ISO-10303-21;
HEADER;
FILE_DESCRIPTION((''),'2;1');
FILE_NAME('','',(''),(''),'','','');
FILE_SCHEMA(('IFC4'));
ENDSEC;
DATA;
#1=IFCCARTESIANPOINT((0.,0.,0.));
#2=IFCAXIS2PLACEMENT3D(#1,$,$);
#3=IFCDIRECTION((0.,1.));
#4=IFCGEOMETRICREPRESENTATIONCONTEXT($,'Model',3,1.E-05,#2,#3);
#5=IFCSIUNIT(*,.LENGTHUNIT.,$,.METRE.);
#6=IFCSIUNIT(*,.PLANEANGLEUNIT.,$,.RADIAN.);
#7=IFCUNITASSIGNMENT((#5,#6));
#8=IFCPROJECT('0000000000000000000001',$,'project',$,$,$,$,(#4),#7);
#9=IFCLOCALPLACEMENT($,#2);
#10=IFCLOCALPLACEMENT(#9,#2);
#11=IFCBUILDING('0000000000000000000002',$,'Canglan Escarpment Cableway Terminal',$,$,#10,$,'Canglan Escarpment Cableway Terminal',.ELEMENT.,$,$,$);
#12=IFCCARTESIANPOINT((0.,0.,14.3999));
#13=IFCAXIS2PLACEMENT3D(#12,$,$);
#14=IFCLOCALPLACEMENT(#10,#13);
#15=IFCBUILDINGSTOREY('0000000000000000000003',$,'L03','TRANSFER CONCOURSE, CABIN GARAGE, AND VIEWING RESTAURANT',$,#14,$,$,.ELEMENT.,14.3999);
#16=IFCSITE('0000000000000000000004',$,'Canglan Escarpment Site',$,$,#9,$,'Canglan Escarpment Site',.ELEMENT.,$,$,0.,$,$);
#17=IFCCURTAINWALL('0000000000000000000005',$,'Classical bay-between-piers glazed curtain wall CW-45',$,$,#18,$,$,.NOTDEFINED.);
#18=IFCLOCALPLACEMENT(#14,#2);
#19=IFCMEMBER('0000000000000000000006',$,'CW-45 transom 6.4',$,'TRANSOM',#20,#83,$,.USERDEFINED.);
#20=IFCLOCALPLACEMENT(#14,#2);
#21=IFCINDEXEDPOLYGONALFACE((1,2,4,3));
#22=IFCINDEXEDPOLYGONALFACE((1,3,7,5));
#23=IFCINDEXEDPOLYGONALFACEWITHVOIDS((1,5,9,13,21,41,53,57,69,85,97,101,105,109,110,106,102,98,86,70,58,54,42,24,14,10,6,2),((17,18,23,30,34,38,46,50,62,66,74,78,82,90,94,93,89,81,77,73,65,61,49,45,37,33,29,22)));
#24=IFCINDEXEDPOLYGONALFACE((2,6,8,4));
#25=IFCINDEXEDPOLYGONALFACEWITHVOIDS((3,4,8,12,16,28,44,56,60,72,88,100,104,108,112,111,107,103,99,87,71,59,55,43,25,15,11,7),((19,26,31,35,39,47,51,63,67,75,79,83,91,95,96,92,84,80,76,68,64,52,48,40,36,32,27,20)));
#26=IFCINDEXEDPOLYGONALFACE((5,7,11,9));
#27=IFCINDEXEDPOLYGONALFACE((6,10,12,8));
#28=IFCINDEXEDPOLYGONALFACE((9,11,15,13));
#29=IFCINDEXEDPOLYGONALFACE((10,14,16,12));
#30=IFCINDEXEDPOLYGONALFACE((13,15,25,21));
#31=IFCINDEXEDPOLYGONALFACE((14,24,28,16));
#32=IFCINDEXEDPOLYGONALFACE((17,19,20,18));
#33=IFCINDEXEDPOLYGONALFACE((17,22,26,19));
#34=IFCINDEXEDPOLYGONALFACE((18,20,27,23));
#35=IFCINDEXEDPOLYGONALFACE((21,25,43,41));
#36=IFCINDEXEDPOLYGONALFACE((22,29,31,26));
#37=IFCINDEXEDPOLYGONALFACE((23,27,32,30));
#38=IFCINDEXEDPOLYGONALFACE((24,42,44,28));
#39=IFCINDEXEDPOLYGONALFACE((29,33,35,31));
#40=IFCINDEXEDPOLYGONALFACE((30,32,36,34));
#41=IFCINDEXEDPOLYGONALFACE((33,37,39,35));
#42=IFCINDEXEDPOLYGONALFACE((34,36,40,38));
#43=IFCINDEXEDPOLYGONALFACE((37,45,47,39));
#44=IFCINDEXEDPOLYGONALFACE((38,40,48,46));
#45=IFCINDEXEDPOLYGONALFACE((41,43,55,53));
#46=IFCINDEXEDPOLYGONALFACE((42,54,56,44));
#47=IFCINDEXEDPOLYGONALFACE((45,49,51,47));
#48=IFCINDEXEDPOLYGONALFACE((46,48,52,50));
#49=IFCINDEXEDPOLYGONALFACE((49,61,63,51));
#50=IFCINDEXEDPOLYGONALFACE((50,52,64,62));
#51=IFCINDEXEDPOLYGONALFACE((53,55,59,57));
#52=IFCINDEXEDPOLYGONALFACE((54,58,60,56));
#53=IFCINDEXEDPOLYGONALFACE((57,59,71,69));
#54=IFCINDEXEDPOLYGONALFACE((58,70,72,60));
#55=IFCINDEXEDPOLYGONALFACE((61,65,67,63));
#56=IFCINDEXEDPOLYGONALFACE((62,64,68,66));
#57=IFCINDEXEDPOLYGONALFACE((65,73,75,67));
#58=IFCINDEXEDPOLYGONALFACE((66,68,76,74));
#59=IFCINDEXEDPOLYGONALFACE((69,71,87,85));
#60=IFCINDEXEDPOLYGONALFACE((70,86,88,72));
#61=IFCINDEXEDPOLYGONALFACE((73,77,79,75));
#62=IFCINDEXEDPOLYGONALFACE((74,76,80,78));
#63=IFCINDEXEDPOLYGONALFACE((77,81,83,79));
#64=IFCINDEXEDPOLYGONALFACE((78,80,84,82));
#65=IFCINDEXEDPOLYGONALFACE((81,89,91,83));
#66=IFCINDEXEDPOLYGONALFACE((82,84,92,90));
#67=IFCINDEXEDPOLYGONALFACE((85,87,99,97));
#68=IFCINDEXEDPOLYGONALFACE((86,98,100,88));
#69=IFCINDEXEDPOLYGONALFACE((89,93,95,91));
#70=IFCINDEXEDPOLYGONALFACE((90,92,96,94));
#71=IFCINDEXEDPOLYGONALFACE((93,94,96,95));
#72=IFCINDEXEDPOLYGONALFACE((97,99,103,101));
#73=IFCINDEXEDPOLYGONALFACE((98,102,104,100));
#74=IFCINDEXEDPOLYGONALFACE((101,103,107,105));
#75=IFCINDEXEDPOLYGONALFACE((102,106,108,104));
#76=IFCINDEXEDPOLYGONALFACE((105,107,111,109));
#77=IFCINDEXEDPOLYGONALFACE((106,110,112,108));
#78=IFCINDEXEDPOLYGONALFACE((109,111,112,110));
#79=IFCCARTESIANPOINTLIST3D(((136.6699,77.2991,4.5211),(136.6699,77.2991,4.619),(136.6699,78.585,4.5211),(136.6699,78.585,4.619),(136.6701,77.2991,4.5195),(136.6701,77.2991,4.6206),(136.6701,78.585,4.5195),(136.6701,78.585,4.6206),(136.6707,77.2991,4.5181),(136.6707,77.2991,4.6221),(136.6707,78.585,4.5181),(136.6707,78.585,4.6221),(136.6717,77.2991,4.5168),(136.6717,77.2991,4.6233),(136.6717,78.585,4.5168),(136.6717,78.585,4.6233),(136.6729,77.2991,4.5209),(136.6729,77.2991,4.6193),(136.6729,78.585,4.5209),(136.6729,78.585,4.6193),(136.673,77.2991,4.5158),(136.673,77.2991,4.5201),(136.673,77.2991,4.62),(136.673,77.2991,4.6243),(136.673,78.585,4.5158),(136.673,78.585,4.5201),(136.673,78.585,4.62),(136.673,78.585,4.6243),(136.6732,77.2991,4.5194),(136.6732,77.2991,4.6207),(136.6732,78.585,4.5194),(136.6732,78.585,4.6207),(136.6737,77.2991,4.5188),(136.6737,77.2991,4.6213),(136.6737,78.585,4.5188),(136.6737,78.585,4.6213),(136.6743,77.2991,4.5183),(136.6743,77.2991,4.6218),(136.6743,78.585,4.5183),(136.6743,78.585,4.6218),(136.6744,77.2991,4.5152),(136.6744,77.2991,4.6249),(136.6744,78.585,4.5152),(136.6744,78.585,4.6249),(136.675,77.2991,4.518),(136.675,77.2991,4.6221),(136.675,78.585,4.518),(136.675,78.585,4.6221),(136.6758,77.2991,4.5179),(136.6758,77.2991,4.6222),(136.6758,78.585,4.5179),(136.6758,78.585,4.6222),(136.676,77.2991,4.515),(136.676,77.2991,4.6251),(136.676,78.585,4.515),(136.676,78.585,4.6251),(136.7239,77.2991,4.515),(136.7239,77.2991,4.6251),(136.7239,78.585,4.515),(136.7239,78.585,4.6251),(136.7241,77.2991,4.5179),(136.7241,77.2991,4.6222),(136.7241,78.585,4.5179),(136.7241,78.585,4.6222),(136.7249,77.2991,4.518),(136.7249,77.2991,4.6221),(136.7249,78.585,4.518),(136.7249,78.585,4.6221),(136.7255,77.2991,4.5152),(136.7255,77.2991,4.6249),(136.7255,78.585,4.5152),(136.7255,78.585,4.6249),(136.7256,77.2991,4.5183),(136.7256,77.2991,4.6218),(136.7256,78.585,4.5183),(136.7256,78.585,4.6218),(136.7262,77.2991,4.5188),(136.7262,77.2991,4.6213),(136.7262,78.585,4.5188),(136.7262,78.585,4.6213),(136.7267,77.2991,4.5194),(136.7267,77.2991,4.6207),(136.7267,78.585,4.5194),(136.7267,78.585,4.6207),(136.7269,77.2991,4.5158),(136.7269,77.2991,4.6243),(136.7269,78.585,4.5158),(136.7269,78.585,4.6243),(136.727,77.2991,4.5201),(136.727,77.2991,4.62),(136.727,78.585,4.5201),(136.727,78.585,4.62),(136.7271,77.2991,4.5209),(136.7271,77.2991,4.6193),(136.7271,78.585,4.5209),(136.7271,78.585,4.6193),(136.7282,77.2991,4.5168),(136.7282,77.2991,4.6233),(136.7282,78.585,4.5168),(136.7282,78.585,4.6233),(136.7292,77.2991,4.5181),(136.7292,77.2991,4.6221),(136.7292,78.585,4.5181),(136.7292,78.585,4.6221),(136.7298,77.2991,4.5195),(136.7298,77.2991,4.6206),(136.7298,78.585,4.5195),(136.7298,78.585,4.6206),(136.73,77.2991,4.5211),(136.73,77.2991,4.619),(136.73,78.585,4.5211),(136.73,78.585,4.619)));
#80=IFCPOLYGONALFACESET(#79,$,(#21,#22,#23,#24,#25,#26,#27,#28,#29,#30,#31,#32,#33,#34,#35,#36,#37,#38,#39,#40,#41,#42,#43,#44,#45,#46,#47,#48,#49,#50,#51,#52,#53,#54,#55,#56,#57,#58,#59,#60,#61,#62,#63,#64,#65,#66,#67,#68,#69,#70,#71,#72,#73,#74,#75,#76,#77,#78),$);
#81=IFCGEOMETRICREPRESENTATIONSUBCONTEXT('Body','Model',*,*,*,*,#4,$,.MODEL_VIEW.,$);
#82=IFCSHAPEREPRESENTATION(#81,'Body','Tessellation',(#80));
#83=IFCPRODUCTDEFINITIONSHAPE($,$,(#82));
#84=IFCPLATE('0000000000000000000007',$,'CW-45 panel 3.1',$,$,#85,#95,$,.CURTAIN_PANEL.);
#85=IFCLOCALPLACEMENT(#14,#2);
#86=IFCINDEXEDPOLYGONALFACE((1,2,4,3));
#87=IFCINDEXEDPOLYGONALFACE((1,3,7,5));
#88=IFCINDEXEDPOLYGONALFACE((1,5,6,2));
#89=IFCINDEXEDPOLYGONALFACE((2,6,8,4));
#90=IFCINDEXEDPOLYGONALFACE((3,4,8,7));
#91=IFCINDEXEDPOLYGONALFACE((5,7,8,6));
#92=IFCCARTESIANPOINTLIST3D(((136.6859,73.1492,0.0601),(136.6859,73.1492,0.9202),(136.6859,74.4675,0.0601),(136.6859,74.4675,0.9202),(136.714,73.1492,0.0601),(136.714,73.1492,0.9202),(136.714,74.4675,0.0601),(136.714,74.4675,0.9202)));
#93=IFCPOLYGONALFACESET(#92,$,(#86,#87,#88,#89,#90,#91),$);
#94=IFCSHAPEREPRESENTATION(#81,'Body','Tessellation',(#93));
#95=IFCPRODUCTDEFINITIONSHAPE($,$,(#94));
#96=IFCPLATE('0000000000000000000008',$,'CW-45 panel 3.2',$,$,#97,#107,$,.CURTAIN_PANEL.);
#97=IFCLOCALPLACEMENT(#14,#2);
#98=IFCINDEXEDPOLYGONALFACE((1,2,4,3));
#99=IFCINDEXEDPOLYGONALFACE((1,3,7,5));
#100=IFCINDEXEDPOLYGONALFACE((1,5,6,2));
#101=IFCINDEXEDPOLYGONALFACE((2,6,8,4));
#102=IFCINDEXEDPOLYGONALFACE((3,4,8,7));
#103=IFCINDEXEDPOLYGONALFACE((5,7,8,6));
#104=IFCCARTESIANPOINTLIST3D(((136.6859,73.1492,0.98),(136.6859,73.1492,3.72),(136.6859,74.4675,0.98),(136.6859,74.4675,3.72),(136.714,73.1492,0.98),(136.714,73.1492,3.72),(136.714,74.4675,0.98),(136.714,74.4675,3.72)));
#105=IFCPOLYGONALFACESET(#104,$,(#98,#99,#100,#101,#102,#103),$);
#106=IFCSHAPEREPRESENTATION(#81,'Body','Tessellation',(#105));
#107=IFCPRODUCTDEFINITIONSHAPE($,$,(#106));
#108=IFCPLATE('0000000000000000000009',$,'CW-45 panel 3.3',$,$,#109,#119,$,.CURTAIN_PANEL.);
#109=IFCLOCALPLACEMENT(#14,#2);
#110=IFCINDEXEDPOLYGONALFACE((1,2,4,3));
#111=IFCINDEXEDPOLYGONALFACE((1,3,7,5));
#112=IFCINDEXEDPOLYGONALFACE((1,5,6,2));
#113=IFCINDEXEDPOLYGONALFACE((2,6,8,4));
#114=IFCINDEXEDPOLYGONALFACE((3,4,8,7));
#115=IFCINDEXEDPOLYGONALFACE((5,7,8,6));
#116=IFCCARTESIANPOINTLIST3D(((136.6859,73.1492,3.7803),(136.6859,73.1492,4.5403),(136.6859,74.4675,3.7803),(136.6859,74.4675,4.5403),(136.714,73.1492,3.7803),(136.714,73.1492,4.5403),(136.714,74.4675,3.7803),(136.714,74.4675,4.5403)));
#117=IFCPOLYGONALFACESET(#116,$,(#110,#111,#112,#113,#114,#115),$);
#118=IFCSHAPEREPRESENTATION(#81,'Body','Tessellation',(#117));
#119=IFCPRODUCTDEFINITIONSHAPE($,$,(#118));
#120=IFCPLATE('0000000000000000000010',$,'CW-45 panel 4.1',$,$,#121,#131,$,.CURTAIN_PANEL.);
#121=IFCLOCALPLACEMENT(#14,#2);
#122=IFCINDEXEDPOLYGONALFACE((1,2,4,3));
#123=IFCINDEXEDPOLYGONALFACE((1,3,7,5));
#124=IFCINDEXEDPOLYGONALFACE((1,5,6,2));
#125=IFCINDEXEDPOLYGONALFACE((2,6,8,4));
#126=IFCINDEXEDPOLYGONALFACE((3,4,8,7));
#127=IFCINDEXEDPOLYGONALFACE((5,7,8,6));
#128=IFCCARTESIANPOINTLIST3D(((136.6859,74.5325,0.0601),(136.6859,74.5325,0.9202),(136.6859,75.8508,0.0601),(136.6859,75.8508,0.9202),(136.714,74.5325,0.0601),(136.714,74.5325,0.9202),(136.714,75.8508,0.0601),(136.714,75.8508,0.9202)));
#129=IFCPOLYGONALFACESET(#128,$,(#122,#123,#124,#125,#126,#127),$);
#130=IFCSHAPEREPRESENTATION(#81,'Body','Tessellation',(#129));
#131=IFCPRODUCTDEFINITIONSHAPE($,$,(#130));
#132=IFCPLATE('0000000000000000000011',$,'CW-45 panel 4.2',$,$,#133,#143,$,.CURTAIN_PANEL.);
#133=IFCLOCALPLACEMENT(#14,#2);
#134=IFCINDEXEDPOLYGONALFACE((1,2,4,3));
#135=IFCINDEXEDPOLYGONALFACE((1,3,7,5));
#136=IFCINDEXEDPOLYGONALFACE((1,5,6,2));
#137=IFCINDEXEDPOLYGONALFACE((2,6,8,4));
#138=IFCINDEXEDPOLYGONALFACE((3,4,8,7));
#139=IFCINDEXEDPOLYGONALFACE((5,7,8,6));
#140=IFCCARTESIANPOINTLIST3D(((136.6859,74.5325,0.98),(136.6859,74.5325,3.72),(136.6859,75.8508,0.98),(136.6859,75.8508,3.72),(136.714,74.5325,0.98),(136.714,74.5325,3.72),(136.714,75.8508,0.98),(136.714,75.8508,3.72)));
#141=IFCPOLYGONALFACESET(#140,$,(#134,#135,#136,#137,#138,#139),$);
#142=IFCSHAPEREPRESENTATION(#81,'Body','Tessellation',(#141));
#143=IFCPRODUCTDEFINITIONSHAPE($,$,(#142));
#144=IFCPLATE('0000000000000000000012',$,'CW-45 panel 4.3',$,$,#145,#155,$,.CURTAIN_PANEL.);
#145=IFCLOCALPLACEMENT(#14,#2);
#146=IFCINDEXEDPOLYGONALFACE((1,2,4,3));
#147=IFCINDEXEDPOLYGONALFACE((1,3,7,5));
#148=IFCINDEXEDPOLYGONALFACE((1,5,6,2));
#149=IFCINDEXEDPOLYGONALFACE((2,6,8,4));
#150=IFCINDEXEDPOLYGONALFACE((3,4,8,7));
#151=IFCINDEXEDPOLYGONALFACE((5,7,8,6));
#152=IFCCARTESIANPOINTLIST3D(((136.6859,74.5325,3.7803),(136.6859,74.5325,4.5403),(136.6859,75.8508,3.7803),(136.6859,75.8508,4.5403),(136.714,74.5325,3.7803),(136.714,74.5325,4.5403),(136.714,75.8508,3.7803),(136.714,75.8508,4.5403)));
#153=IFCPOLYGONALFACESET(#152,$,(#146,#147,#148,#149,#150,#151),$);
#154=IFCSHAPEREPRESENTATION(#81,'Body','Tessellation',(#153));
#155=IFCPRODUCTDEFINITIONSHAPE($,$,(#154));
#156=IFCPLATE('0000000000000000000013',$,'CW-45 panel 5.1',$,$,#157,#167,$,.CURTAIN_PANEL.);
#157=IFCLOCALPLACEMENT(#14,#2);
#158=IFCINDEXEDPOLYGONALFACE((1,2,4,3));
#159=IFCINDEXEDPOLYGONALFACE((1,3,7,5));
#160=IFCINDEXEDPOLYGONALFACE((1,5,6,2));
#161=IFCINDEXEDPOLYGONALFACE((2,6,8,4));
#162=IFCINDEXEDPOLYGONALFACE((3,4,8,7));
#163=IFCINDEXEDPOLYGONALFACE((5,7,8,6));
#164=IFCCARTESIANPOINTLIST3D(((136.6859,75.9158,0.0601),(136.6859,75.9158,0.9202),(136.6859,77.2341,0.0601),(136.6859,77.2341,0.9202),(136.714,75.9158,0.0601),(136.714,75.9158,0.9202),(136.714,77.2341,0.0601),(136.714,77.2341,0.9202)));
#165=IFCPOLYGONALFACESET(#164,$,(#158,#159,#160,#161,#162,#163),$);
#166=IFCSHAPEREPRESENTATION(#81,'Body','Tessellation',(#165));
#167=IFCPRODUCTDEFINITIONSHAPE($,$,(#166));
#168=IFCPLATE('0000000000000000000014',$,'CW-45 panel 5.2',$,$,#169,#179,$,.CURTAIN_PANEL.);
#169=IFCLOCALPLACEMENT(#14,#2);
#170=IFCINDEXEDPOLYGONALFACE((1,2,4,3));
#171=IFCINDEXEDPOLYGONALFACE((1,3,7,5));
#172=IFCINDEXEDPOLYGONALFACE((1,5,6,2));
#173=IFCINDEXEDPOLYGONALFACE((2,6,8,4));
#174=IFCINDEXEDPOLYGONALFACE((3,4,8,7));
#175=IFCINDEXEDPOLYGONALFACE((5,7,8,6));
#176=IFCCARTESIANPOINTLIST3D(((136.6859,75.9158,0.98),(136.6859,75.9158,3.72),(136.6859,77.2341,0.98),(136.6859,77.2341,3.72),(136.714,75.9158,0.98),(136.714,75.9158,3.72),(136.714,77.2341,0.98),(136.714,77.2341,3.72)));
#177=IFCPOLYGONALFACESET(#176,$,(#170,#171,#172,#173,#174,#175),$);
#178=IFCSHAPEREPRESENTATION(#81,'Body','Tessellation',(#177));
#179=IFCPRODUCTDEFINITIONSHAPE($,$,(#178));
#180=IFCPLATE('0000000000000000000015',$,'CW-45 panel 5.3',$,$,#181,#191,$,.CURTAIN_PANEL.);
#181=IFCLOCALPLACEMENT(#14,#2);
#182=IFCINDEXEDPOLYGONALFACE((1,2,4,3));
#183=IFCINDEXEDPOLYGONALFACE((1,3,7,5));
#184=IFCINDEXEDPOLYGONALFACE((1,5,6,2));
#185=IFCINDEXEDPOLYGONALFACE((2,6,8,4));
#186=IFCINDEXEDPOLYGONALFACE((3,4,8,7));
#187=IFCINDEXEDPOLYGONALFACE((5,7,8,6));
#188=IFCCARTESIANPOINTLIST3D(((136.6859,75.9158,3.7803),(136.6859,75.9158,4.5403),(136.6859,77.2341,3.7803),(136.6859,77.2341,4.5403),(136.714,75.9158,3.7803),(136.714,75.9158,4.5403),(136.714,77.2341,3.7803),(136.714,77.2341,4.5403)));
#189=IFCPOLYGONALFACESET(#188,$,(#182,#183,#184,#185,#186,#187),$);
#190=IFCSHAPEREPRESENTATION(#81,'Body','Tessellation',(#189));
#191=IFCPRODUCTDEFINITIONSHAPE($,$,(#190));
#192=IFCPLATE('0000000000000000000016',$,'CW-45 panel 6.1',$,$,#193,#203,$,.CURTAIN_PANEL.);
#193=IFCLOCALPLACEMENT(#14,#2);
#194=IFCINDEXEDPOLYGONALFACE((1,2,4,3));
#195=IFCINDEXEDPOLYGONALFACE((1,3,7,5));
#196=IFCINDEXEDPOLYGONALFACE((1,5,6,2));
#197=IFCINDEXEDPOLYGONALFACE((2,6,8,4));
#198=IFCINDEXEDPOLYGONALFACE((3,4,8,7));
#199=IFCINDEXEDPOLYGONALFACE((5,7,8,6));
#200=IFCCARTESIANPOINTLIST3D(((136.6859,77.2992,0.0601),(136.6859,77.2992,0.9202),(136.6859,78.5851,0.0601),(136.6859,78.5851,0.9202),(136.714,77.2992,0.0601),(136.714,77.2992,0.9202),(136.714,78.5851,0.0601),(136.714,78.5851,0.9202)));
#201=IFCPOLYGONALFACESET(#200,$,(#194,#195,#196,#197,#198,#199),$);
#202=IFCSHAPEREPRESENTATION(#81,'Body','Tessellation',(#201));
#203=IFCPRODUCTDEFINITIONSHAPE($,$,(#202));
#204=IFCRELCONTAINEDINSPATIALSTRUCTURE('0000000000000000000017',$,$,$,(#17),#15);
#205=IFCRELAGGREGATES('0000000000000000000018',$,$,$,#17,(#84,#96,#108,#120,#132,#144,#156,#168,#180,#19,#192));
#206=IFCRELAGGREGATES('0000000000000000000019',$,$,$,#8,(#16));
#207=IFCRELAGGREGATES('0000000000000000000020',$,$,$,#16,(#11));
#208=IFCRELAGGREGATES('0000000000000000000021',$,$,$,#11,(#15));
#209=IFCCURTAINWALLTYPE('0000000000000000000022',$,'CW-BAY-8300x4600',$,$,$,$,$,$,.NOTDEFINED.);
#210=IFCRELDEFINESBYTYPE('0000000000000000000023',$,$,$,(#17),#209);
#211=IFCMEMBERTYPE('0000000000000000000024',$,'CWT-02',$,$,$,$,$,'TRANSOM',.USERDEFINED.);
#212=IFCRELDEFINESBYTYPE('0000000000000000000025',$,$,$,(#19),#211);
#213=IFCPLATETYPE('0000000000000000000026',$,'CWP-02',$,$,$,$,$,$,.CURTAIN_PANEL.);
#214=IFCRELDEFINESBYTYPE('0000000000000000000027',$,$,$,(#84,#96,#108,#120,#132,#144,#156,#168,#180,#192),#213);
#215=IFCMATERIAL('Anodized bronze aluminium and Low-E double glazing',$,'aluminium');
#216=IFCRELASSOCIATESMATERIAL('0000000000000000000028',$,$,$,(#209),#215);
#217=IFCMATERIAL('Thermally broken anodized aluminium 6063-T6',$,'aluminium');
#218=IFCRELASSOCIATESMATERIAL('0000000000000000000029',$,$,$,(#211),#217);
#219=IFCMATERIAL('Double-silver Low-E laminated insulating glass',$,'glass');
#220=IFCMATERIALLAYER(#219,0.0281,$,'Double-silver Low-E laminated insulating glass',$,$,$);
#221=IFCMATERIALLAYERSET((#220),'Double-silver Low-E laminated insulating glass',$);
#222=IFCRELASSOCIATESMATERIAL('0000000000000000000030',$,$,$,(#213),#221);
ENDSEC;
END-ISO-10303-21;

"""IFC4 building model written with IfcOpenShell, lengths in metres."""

from ifc_helpers import new_model, si_unit, direction, frame, origin, origin_2d, place, context, subcontext, project, spatial, rectangle, hollow_rectangle, extrude, material, layer, layer_set, material_profile, profile_set, type_object, element, aggregate, save


model = new_model("IFC4")

# Units and contexts
model_context = context("Model", 3, precision=1e-05, world=origin(), true_north=direction((0.0, 1.0)))
body_context = subcontext(model_context, "Body", "Model", "MODEL_VIEW")
ifc_project = project(units=[si_unit("LENGTHUNIT", "METRE"), si_unit("PLANEANGLEUNIT", "RADIAN")], contexts=[model_context])

# Site, building, storey
site_placement = place(None, origin())
site = spatial("IfcSite", under=ifc_project, at=site_placement, Name="Canglan Escarpment Site", LongName="Canglan Escarpment Site", CompositionType="ELEMENT", RefElevation=0.0)
building_placement = place(site_placement, origin())
building = spatial("IfcBuilding", under=site, at=building_placement, Name="Canglan Escarpment Cableway Terminal", LongName="Canglan Escarpment Cableway Terminal", CompositionType="ELEMENT")
storey_placement = place(building_placement, frame((0.0, 0.0, 14.3999)))
storey = spatial("IfcBuildingStorey", under=building, at=storey_placement, Name="L03", Description="TRANSFER CONCOURSE, CABIN GARAGE, AND VIEWING RESTAURANT", CompositionType="ELEMENT", Elevation=14.3999)

# Curtain wall, member, plates
ifc_material_1 = material(Name="Anodized bronze aluminium and Low-E double glazing", Category="aluminium")
curtain_wall_type = type_object("IfcCurtainWallType", Name="CW-BAY-8300x4600", PredefinedType="NOTDEFINED", material=ifc_material_1)
curtain_wall_placement = place(storey_placement, origin())
curtain_wall = element("IfcCurtainWall", 1, at=curtain_wall_placement, inside=storey, type_object=curtain_wall_type, Name="Classical bay-between-piers glazed curtain wall CW-45", PredefinedType="NOTDEFINED")
ifc_material_2 = material(Name="Thermally broken anodized aluminium 6063-T6", Category="aluminium")
ifc_material_profile_1 = material_profile(ifc_material_2, hollow_rectangle(XDim=0.0601, YDim=0.1101, WallThickness=0.0029, InnerFilletRadius=0.0029, OuterFilletRadius=0.0061, at=origin_2d()), Name="ALU-TRAN 60x110x3")
ifc_profile_set_1 = profile_set([ifc_material_profile_1], Name="Thermally broken anodized aluminium 6063-T6")
member_type_1 = type_object("IfcMemberType", Name="CWT-02", ElementType="TRANSOM", PredefinedType="USERDEFINED", material=ifc_profile_set_1)
member_1_placement = place(storey_placement, frame((136.7, 77.2991, 4.5701), z_axis=(0.0, 1.0, 0.0), x_axis=(-1.0, 0.0, 0.0)))
member_1 = element("IfcMember", 2, at=member_1_placement, type_object=member_type_1, Name="CW-45 transom 6.4", ObjectType="TRANSOM", PredefinedType="USERDEFINED", context=body_context, shape_type="SweptSolid", body=[
    extrude(hollow_rectangle(XDim=0.0601, YDim=0.1101, WallThickness=0.0029, InnerFilletRadius=0.0029, OuterFilletRadius=0.0061, at=origin_2d()), origin(), (0.0, 0.0, 1.0), 1.2859),
])
ifc_material_3 = material(Name="Double-silver Low-E laminated insulating glass", Category="glass")
ifc_layer = layer(ifc_material_3, 0.0281, Name="Double-silver Low-E laminated insulating glass")
ifc_layer_set = layer_set([ifc_layer], Name="Double-silver Low-E laminated insulating glass")
plate_type = type_object("IfcPlateType", Name="CWP-02", PredefinedType="CURTAIN_PANEL", material=ifc_layer_set)
plate_1_placement = place(storey_placement, frame((136.7, 73.8083, 0.0601), z_axis=(0.0, 0.0, 1.0), x_axis=(0.0, 1.0, 0.0)))
plate_1 = element("IfcPlate", 3, at=plate_1_placement, type_object=plate_type, Name="CW-45 panel 3.1", PredefinedType="CURTAIN_PANEL", context=body_context, shape_type="SweptSolid", body=[
    extrude(rectangle(XDim=1.3184, YDim=0.0281, at=origin_2d()), origin(), (0.0, 0.0, 1.0), 0.8601),
])
plate_2_placement = place(storey_placement, frame((136.7, 73.8083, 0.98), z_axis=(0.0, 0.0, 1.0), x_axis=(0.0, 1.0, 0.0)))
plate_2 = element("IfcPlate", 4, at=plate_2_placement, type_object=plate_type, Name="CW-45 panel 3.2", PredefinedType="CURTAIN_PANEL", context=body_context, shape_type="SweptSolid", body=[
    extrude(rectangle(XDim=1.3184, YDim=0.0281, at=origin_2d()), origin(), (0.0, 0.0, 1.0), 2.74),
])
plate_3_placement = place(storey_placement, frame((136.7, 73.8083, 3.7803), z_axis=(0.0, 0.0, 1.0), x_axis=(0.0, 1.0, 0.0)))
plate_3 = element("IfcPlate", 5, at=plate_3_placement, type_object=plate_type, Name="CW-45 panel 3.3", PredefinedType="CURTAIN_PANEL", context=body_context, shape_type="SweptSolid", body=[
    extrude(rectangle(XDim=1.3184, YDim=0.0281, at=origin_2d()), origin(), (0.0, 0.0, 1.0), 0.76),
])
plate_4_placement = place(storey_placement, frame((136.7, 75.1917, 0.0601), z_axis=(0.0, 0.0, 1.0), x_axis=(0.0, 1.0, 0.0)))
plate_4 = element("IfcPlate", 6, at=plate_4_placement, type_object=plate_type, Name="CW-45 panel 4.1", PredefinedType="CURTAIN_PANEL", context=body_context, shape_type="SweptSolid", body=[
    extrude(rectangle(XDim=1.3184, YDim=0.0281, at=origin_2d()), origin(), (0.0, 0.0, 1.0), 0.8601),
])
plate_5_placement = place(storey_placement, frame((136.7, 75.1917, 0.98), z_axis=(0.0, 0.0, 1.0), x_axis=(0.0, 1.0, 0.0)))
plate_5 = element("IfcPlate", 7, at=plate_5_placement, type_object=plate_type, Name="CW-45 panel 4.2", PredefinedType="CURTAIN_PANEL", context=body_context, shape_type="SweptSolid", body=[
    extrude(rectangle(XDim=1.3184, YDim=0.0281, at=origin_2d()), origin(), (0.0, 0.0, 1.0), 2.74),
])
plate_6_placement = place(storey_placement, frame((136.7, 75.1917, 3.7803), z_axis=(0.0, 0.0, 1.0), x_axis=(0.0, 1.0, 0.0)))
plate_6 = element("IfcPlate", 8, at=plate_6_placement, type_object=plate_type, Name="CW-45 panel 4.3", PredefinedType="CURTAIN_PANEL", context=body_context, shape_type="SweptSolid", body=[
    extrude(rectangle(XDim=1.3184, YDim=0.0281, at=origin_2d()), origin(), (0.0, 0.0, 1.0), 0.76),
])
plate_7_placement = place(storey_placement, frame((136.7, 76.575, 0.0601), z_axis=(0.0, 0.0, 1.0), x_axis=(0.0, 1.0, 0.0)))
plate_7 = element("IfcPlate", 9, at=plate_7_placement, type_object=plate_type, Name="CW-45 panel 5.1", PredefinedType="CURTAIN_PANEL", context=body_context, shape_type="SweptSolid", body=[
    extrude(rectangle(XDim=1.3184, YDim=0.0281, at=origin_2d()), origin(), (0.0, 0.0, 1.0), 0.8601),
])
plate_8_placement = place(storey_placement, frame((136.7, 76.575, 0.98), z_axis=(0.0, 0.0, 1.0), x_axis=(0.0, 1.0, 0.0)))
plate_8 = element("IfcPlate", 10, at=plate_8_placement, type_object=plate_type, Name="CW-45 panel 5.2", PredefinedType="CURTAIN_PANEL", context=body_context, shape_type="SweptSolid", body=[
    extrude(rectangle(XDim=1.3184, YDim=0.0281, at=origin_2d()), origin(), (0.0, 0.0, 1.0), 2.74),
])
plate_9_placement = place(storey_placement, frame((136.7, 76.575, 3.7803), z_axis=(0.0, 0.0, 1.0), x_axis=(0.0, 1.0, 0.0)))
plate_9 = element("IfcPlate", 11, at=plate_9_placement, type_object=plate_type, Name="CW-45 panel 5.3", PredefinedType="CURTAIN_PANEL", context=body_context, shape_type="SweptSolid", body=[
    extrude(rectangle(XDim=1.3184, YDim=0.0281, at=origin_2d()), origin(), (0.0, 0.0, 1.0), 0.76),
])
plate_10_placement = place(storey_placement, frame((136.7, 77.9421, 0.0601), z_axis=(0.0, 0.0, 1.0), x_axis=(0.0, 1.0, 0.0)))
plate_10 = element("IfcPlate", 12, at=plate_10_placement, type_object=plate_type, Name="CW-45 panel 6.1", PredefinedType="CURTAIN_PANEL", context=body_context, shape_type="SweptSolid", body=[
    extrude(rectangle(XDim=1.2859, YDim=0.0281, at=origin_2d()), origin(), (0.0, 0.0, 1.0), 0.8601),
])
aggregate(curtain_wall, [plate_1, plate_2, plate_3, plate_4, plate_5, plate_6, plate_7, plate_8, plate_9, member_1, plate_10])

save(model, "model.ifc")
